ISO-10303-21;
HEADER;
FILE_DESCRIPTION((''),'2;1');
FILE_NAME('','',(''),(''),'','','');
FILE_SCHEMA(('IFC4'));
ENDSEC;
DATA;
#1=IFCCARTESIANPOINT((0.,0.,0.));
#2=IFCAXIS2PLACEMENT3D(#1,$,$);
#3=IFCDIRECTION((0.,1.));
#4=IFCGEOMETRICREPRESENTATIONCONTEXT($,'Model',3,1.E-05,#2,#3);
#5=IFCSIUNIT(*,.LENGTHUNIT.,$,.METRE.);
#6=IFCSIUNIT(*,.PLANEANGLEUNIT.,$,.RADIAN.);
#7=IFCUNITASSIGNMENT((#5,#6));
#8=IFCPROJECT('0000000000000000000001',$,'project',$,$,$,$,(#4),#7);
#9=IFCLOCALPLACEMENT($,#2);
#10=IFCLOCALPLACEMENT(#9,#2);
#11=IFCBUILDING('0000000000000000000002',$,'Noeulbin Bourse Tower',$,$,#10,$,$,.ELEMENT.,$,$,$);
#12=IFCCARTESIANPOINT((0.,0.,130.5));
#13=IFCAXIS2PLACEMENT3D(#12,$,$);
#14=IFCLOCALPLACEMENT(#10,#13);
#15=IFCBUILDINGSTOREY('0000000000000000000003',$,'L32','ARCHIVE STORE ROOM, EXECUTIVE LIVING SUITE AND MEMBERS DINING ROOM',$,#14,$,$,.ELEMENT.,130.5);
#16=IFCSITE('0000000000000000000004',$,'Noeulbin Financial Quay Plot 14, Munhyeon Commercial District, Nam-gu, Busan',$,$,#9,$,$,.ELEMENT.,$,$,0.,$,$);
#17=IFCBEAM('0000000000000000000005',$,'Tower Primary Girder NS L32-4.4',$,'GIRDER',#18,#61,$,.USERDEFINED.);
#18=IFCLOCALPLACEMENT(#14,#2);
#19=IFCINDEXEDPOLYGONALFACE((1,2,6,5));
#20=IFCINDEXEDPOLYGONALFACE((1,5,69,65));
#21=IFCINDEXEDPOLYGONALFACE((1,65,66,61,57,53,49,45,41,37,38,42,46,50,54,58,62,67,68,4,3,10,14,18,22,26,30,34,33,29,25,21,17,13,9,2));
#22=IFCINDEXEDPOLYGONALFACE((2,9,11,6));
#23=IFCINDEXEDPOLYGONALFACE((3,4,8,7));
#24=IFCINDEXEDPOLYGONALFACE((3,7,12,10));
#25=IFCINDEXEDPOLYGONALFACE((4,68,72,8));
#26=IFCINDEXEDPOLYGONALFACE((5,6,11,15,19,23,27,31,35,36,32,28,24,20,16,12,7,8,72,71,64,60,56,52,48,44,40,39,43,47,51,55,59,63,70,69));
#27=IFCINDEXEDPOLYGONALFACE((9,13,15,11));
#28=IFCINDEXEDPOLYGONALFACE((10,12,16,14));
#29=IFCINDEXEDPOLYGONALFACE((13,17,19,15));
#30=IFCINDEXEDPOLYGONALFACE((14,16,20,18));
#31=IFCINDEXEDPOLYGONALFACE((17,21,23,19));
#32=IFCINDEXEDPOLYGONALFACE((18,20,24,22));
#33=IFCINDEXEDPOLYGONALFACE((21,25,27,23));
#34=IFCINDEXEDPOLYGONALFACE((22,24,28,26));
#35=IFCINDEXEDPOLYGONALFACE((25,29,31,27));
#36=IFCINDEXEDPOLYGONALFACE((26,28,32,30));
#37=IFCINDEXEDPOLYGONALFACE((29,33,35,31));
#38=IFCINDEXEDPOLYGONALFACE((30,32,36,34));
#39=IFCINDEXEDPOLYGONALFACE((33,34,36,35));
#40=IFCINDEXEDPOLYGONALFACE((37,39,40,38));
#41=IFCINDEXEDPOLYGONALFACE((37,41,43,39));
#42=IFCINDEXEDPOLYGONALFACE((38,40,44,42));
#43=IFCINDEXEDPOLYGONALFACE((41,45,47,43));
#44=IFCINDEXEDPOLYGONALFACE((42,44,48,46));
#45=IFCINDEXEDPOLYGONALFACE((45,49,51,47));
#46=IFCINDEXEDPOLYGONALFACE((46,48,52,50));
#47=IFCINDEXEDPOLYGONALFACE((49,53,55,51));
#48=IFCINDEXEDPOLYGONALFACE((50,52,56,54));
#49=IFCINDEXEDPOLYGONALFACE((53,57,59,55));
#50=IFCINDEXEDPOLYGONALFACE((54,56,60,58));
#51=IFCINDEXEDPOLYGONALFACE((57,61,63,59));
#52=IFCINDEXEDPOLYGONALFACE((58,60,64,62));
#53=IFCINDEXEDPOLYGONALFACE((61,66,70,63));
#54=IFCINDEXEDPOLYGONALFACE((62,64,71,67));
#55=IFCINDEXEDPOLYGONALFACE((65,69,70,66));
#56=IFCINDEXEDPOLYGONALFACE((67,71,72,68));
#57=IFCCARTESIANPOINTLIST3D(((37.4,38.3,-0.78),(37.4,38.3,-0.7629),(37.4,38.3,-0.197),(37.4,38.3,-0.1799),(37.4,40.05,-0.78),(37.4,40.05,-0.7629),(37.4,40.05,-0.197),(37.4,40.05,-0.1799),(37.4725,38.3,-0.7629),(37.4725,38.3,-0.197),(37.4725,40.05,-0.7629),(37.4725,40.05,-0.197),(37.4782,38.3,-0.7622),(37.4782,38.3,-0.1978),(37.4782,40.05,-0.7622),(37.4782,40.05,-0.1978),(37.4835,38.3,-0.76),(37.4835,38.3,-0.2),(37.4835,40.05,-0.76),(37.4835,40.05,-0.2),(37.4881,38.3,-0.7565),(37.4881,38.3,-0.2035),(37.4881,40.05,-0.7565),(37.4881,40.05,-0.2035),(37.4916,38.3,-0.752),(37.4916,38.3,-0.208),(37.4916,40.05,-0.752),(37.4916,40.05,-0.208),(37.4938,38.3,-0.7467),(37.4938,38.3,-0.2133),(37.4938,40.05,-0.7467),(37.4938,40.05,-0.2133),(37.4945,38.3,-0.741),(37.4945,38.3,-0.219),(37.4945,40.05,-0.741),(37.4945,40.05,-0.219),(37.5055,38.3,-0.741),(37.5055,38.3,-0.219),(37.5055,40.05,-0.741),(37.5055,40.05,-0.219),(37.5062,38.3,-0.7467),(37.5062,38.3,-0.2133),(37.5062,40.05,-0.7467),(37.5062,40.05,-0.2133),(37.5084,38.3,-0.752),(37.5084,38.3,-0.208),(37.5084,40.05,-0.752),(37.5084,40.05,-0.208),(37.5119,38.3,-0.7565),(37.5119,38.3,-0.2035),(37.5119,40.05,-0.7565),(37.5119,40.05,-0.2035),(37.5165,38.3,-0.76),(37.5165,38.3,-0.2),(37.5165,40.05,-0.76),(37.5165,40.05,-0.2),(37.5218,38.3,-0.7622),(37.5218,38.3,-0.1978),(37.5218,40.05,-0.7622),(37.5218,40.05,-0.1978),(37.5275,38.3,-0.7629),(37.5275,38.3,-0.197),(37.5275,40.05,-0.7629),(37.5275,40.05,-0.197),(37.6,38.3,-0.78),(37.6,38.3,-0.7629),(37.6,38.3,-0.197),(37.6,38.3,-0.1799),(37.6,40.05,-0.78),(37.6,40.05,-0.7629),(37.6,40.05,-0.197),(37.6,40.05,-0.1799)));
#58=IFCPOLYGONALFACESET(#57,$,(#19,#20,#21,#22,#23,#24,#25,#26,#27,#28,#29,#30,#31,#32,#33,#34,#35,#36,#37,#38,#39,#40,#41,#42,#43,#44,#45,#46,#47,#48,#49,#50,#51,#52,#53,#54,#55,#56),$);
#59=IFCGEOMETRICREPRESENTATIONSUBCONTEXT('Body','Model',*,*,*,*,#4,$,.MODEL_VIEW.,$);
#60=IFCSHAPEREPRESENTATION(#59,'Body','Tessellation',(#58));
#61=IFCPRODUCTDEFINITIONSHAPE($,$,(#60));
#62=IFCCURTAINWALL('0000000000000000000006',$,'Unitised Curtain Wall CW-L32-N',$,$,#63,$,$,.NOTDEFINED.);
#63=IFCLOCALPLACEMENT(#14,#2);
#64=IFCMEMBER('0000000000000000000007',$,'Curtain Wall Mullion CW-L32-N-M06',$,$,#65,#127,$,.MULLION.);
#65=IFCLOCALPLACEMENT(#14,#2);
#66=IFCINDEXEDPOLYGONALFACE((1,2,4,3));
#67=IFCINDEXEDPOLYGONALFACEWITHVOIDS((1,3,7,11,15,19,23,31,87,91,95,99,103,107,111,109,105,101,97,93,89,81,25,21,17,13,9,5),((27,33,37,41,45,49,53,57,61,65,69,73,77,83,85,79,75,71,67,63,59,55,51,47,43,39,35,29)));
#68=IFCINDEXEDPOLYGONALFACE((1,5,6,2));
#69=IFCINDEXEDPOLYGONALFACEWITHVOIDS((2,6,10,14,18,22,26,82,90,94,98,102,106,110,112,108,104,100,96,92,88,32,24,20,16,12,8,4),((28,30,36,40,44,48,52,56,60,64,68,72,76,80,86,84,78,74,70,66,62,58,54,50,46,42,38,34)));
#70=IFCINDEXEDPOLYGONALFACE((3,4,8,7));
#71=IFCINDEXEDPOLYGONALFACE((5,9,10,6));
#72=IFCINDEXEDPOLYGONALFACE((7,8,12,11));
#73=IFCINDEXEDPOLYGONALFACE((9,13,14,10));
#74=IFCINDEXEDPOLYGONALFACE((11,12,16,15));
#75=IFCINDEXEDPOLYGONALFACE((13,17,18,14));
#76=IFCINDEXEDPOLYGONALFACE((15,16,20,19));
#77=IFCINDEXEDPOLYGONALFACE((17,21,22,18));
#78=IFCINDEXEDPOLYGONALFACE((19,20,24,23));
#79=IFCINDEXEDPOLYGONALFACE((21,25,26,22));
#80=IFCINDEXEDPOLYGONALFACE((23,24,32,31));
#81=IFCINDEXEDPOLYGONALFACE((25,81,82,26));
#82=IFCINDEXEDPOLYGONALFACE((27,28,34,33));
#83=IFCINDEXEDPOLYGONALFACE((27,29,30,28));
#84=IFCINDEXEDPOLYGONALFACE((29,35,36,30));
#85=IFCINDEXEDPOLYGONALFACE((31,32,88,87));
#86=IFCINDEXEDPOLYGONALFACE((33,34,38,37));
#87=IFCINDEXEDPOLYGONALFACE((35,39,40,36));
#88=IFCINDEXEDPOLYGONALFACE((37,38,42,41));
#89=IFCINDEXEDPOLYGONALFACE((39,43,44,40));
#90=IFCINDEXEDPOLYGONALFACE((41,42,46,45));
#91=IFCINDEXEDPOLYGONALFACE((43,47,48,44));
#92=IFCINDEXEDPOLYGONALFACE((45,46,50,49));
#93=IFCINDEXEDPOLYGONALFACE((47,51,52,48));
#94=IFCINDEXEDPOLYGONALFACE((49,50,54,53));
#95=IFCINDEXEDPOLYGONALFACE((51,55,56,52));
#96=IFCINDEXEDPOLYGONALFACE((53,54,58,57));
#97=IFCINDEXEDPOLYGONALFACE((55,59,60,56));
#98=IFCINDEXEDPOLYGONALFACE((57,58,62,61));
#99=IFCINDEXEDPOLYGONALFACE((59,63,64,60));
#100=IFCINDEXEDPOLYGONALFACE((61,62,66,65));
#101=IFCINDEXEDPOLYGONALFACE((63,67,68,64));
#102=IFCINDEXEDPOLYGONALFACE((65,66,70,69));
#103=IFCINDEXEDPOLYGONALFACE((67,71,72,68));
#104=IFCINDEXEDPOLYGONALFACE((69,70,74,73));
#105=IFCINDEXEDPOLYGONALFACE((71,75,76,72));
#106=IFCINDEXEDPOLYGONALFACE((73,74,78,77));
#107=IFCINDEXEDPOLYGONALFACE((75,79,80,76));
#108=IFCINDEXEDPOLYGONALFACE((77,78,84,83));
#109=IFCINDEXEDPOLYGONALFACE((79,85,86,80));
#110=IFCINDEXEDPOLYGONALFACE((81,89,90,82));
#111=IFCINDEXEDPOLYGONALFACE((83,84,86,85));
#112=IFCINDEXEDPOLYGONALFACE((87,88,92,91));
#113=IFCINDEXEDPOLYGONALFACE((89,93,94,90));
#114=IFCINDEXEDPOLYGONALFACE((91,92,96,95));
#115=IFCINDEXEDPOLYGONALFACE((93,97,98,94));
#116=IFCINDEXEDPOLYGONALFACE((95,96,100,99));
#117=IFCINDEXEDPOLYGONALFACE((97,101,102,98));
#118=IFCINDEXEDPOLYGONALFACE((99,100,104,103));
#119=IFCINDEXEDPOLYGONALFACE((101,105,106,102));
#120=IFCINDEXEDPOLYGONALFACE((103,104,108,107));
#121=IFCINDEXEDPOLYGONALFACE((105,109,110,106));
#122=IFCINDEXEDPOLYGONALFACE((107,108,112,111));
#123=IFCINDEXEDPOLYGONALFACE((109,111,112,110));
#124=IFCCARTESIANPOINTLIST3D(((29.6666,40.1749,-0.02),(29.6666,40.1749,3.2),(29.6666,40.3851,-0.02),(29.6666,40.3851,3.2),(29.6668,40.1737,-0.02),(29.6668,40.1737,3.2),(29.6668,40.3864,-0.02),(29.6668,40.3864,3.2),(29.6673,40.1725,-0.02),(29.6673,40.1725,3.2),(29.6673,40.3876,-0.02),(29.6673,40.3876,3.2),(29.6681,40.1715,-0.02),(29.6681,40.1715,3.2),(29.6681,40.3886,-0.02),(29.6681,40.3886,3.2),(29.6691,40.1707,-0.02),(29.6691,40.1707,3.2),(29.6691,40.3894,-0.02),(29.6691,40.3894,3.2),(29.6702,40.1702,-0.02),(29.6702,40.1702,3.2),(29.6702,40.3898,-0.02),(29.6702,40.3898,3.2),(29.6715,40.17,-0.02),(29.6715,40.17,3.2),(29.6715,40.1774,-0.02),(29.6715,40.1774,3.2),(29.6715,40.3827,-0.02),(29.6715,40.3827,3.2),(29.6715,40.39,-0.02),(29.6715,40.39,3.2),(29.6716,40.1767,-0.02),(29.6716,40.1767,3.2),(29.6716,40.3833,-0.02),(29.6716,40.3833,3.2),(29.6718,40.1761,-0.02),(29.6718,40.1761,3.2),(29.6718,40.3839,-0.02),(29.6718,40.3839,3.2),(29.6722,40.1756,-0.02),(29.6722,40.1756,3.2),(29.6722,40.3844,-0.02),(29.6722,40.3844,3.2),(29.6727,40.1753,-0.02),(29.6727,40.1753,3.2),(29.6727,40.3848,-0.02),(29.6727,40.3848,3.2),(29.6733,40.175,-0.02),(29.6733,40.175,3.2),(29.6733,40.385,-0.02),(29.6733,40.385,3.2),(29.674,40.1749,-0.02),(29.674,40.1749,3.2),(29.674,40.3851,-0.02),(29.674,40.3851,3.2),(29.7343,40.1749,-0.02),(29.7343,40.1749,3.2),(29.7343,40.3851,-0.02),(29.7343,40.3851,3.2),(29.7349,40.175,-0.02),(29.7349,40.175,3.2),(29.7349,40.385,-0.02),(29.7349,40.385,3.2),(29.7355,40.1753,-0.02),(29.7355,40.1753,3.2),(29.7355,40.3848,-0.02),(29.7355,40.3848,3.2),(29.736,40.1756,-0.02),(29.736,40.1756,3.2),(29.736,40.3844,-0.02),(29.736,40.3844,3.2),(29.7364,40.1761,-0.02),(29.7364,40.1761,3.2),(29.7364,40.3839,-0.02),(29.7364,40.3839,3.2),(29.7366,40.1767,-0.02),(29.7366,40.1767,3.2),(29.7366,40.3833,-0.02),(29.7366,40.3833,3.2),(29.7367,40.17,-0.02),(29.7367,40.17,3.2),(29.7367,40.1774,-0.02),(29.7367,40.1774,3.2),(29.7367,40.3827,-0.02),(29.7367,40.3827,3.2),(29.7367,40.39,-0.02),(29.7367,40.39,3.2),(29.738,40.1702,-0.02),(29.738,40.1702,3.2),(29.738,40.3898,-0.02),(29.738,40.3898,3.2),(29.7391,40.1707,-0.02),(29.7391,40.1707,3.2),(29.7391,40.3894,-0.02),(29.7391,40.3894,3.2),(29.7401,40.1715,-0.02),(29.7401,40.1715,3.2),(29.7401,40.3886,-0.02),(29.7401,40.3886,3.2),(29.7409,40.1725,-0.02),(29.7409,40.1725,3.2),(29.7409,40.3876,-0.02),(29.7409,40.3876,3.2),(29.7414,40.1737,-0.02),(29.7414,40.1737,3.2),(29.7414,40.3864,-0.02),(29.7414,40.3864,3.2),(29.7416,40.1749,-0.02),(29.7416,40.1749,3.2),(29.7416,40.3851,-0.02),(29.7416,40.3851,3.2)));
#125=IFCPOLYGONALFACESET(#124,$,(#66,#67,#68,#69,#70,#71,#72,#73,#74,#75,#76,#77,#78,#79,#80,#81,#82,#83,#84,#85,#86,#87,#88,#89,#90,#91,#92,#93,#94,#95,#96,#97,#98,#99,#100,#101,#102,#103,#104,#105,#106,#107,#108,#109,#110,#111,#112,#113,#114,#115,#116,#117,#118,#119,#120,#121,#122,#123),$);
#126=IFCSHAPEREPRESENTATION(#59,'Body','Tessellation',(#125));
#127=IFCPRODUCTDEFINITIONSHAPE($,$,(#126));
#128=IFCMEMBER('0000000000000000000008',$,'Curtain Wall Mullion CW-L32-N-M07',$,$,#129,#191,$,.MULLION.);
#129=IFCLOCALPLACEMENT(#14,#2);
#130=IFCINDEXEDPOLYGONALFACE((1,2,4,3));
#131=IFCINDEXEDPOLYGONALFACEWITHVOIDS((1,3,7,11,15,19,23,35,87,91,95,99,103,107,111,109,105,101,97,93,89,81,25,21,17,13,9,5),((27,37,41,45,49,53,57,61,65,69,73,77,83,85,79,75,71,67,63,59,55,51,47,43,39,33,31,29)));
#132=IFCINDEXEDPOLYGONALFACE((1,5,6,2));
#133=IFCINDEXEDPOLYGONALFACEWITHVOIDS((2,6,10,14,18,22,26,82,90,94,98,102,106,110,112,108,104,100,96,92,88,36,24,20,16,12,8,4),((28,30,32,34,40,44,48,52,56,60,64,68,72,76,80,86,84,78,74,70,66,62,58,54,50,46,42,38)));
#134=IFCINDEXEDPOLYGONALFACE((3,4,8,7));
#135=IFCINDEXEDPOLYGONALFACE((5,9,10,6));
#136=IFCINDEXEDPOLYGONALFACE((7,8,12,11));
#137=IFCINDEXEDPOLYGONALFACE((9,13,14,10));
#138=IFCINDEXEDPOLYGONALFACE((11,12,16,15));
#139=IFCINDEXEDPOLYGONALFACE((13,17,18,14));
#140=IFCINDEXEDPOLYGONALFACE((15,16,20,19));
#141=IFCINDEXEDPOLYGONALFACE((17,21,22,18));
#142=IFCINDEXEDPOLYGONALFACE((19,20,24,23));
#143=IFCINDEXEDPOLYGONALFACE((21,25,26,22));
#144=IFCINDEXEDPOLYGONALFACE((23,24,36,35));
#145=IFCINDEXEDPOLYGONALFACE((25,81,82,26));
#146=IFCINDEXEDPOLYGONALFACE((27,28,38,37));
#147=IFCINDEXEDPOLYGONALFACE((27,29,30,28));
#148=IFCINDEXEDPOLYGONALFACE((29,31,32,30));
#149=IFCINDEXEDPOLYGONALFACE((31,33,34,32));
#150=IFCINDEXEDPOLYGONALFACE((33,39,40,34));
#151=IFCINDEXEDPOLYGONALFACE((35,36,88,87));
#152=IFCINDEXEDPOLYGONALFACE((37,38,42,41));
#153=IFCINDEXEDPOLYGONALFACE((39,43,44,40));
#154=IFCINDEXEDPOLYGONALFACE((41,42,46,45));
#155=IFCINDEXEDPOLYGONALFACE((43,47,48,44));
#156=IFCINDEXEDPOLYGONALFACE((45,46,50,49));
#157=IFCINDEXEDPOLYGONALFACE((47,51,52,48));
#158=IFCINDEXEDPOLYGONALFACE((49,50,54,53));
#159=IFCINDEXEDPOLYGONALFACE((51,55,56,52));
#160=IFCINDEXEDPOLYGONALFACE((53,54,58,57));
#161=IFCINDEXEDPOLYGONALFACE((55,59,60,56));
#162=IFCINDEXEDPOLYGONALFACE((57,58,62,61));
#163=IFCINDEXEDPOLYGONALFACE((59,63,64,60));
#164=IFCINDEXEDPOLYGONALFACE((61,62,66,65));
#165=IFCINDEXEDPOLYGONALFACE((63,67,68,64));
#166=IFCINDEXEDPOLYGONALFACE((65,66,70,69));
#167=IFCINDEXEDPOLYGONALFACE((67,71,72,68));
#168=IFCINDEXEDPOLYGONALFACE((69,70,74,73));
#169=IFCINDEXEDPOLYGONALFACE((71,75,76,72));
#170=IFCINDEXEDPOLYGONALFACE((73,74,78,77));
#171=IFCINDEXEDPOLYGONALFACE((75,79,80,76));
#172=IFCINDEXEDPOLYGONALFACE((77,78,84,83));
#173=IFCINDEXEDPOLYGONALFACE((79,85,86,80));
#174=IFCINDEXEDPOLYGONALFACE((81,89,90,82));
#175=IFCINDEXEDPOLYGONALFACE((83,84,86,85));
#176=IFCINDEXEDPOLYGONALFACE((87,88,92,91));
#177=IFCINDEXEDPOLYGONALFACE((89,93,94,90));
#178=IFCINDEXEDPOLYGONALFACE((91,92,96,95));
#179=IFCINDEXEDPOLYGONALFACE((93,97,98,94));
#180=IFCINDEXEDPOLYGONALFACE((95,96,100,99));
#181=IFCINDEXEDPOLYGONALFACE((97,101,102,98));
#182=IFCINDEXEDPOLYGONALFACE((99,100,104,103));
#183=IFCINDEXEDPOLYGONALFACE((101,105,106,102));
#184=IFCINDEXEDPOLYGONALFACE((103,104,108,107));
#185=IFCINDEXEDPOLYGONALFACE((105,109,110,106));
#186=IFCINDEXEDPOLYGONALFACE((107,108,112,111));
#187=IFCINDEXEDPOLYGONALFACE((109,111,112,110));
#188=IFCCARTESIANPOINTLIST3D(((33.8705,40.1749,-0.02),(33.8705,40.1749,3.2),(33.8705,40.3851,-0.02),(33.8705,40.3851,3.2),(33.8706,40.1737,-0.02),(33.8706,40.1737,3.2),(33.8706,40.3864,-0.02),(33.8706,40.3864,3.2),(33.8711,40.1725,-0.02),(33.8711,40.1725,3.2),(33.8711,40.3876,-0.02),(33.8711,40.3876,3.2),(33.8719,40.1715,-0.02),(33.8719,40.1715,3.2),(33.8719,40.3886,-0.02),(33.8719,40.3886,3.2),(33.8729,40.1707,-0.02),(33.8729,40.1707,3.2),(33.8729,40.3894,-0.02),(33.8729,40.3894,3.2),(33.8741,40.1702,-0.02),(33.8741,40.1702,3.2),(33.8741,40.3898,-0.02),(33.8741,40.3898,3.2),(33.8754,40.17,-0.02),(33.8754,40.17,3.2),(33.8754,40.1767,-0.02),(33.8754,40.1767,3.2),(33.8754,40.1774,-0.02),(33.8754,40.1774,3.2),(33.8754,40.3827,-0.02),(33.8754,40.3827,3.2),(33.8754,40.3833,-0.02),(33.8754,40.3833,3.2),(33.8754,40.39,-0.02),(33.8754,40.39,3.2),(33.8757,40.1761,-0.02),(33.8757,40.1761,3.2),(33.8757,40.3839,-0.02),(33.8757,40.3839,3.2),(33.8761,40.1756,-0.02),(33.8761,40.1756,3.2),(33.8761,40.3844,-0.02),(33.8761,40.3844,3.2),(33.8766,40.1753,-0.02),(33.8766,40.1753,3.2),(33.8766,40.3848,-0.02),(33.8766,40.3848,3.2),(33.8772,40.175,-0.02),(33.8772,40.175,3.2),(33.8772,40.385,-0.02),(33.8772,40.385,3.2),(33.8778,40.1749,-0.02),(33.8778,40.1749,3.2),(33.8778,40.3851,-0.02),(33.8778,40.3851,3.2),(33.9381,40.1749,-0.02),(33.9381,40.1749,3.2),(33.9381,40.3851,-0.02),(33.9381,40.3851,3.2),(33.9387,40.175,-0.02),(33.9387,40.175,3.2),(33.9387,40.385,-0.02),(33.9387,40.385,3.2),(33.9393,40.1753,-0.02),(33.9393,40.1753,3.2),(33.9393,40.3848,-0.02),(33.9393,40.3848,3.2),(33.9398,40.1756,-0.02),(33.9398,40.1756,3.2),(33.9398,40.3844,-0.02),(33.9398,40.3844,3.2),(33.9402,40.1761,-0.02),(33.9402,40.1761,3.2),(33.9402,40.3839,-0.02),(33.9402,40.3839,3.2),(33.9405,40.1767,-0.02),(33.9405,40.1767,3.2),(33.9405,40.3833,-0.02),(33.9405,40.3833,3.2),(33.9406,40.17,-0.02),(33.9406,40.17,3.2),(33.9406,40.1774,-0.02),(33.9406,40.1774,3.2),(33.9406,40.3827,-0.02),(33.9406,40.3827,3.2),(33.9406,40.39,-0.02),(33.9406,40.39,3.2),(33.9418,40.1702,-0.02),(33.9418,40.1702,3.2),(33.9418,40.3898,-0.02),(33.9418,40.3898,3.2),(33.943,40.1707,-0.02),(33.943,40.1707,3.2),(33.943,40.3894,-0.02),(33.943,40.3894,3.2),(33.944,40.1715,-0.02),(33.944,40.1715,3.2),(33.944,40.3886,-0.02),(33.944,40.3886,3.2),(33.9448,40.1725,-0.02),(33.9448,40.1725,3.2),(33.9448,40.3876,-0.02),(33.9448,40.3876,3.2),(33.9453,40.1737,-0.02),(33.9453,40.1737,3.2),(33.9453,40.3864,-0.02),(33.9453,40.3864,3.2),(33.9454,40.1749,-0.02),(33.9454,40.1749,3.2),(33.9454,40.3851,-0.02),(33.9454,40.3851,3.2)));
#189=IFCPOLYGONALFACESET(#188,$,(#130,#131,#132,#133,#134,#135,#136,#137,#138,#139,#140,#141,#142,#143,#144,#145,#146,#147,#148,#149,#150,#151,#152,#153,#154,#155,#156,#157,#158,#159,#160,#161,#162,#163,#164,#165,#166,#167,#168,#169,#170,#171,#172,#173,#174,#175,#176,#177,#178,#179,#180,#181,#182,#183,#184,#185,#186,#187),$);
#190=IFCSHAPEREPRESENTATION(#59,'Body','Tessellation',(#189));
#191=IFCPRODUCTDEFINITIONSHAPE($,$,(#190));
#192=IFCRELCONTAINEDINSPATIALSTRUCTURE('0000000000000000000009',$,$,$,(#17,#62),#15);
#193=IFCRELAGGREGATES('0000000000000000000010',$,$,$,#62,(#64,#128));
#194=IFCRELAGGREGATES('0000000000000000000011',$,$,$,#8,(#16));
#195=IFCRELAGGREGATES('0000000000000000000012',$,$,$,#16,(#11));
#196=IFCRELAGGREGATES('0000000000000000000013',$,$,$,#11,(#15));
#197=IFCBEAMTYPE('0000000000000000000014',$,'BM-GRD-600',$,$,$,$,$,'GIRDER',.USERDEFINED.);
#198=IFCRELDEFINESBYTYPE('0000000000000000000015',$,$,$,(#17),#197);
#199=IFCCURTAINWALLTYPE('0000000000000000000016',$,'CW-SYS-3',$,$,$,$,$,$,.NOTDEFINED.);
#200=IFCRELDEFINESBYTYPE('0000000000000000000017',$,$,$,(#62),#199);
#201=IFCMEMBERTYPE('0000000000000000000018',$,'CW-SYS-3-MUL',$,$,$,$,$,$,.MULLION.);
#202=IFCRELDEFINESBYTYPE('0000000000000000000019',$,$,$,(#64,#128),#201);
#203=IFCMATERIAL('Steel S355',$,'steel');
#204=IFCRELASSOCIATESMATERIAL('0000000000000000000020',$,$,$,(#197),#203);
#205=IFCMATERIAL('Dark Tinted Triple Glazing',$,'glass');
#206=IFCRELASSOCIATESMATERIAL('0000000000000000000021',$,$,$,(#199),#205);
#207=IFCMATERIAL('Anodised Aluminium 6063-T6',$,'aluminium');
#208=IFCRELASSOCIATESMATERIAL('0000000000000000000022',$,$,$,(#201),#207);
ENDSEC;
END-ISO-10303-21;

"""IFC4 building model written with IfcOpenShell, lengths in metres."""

from ifc_helpers import new_model, si_unit, direction, frame, origin, origin_2d, place, context, subcontext, project, spatial, hollow_rectangle, i_section, extrude, material, material_profile, profile_set, type_object, element, aggregate, save


model = new_model("IFC4")

# Units and contexts
model_context = context("Model", 3, precision=1e-05, world=origin(), true_north=direction((0.0, 1.0)))
body_context = subcontext(model_context, "Body", "Model", "MODEL_VIEW")
ifc_project = project(units=[si_unit("LENGTHUNIT", "METRE"), si_unit("PLANEANGLEUNIT", "RADIAN")], contexts=[model_context])

# Site, building, storey
site_placement = place(None, origin())
site = spatial("IfcSite", under=ifc_project, at=site_placement, Name="Noeulbin Financial Quay Plot 14, Munhyeon Commercial District, Nam-gu, Busan", CompositionType="ELEMENT", RefElevation=0.0)
building_placement = place(site_placement, origin())
building = spatial("IfcBuilding", under=site, at=building_placement, Name="Noeulbin Bourse Tower", CompositionType="ELEMENT")
storey_placement = place(building_placement, frame((0.0, 0.0, 130.5)))
storey = spatial("IfcBuildingStorey", under=building, at=storey_placement, Name="L32", Description="ARCHIVE STORE ROOM, EXECUTIVE LIVING SUITE AND MEMBERS DINING ROOM", CompositionType="ELEMENT", Elevation=130.5)

# Beam
ifc_material_1 = material(Name="Steel S355", Category="steel")
ifc_material_profile_1 = material_profile(ifc_material_1, i_section(OverallWidth=0.2, OverallDepth=0.6001, WebThickness=0.011, FlangeThickness=0.0171, FilletRadius=0.022, at=origin_2d()), Name="H-600x200x11x17", Category="LoadBearing")
ifc_profile_set_1 = profile_set([ifc_material_profile_1], Name="Steel S355")
beam_type = type_object("IfcBeamType", Name="BM-GRD-600", ElementType="GIRDER", PredefinedType="USERDEFINED", material=ifc_profile_set_1)
for number, where, z_axis, x_axis, name in (
    (1, (37.5, 38.3, -0.48), (0.0, 1.0, 0.0), (-1.0, 0.0, 0.0), "Tower Primary Girder NS L32-4.4"),
):
    element("IfcBeam", number, at=place(storey_placement, frame(where, z_axis=z_axis, x_axis=x_axis)), inside=storey, type_object=beam_type, Name=name, ObjectType="GIRDER", PredefinedType="USERDEFINED", context=body_context, shape_type="SweptSolid", body=[
        extrude(i_section(OverallWidth=0.2, OverallDepth=0.6001, WebThickness=0.011, FlangeThickness=0.0171, FilletRadius=0.022, at=origin_2d()), origin(), (0.0, 0.0, 1.0), 1.75),
    ])

# Curtain wall, members
ifc_material_2 = material(Name="Dark Tinted Triple Glazing", Category="glass")
curtain_wall_type = type_object("IfcCurtainWallType", Name="CW-SYS-3", PredefinedType="NOTDEFINED", material=ifc_material_2)
curtain_wall_placement = place(storey_placement, origin())
curtain_wall = element("IfcCurtainWall", 2, at=curtain_wall_placement, inside=storey, type_object=curtain_wall_type, Name="Unitised Curtain Wall CW-L32-N", PredefinedType="NOTDEFINED")
ifc_material_3 = material(Name="Anodised Aluminium 6063-T6", Category="aluminium")
ifc_material_profile_2 = material_profile(ifc_material_3, hollow_rectangle(XDim=0.075, YDim=0.22, WallThickness=0.0049, InnerFilletRadius=0.0024, OuterFilletRadius=0.0049, at=origin_2d()), Name="ALU-MULL-75x220x5", Category="LoadBearing")
ifc_profile_set_2 = profile_set([ifc_material_profile_2], Name="Anodised Aluminium 6063-T6")
member_type = type_object("IfcMemberType", Name="CW-SYS-3-MUL", PredefinedType="MULLION", material=ifc_profile_set_2)
member_1_placement = place(storey_placement, frame((29.7041, 40.28, -0.02), z_axis=(0.0, 0.0, 1.0), x_axis=(1.0, 0.0, 0.0)))
member_1 = element("IfcMember", 3, at=member_1_placement, type_object=member_type, Name="Curtain Wall Mullion CW-L32-N-M06", PredefinedType="MULLION", context=body_context, shape_type="SweptSolid", body=[
    extrude(hollow_rectangle(XDim=0.075, YDim=0.22, WallThickness=0.0049, InnerFilletRadius=0.0024, OuterFilletRadius=0.0049, at=origin_2d()), origin(), (0.0, 0.0, 1.0), 3.22),
])
member_2_placement = place(storey_placement, frame((33.908, 40.28, -0.02), z_axis=(0.0, 0.0, 1.0), x_axis=(1.0, 0.0, 0.0)))
member_2 = element("IfcMember", 4, at=member_2_placement, type_object=member_type, Name="Curtain Wall Mullion CW-L32-N-M07", PredefinedType="MULLION", context=body_context, shape_type="SweptSolid", body=[
    extrude(hollow_rectangle(XDim=0.075, YDim=0.22, WallThickness=0.0049, InnerFilletRadius=0.0024, OuterFilletRadius=0.0049, at=origin_2d()), origin(), (0.0, 0.0, 1.0), 3.22),
])
aggregate(curtain_wall, [member_1, member_2])

save(model, "model.ifc")
